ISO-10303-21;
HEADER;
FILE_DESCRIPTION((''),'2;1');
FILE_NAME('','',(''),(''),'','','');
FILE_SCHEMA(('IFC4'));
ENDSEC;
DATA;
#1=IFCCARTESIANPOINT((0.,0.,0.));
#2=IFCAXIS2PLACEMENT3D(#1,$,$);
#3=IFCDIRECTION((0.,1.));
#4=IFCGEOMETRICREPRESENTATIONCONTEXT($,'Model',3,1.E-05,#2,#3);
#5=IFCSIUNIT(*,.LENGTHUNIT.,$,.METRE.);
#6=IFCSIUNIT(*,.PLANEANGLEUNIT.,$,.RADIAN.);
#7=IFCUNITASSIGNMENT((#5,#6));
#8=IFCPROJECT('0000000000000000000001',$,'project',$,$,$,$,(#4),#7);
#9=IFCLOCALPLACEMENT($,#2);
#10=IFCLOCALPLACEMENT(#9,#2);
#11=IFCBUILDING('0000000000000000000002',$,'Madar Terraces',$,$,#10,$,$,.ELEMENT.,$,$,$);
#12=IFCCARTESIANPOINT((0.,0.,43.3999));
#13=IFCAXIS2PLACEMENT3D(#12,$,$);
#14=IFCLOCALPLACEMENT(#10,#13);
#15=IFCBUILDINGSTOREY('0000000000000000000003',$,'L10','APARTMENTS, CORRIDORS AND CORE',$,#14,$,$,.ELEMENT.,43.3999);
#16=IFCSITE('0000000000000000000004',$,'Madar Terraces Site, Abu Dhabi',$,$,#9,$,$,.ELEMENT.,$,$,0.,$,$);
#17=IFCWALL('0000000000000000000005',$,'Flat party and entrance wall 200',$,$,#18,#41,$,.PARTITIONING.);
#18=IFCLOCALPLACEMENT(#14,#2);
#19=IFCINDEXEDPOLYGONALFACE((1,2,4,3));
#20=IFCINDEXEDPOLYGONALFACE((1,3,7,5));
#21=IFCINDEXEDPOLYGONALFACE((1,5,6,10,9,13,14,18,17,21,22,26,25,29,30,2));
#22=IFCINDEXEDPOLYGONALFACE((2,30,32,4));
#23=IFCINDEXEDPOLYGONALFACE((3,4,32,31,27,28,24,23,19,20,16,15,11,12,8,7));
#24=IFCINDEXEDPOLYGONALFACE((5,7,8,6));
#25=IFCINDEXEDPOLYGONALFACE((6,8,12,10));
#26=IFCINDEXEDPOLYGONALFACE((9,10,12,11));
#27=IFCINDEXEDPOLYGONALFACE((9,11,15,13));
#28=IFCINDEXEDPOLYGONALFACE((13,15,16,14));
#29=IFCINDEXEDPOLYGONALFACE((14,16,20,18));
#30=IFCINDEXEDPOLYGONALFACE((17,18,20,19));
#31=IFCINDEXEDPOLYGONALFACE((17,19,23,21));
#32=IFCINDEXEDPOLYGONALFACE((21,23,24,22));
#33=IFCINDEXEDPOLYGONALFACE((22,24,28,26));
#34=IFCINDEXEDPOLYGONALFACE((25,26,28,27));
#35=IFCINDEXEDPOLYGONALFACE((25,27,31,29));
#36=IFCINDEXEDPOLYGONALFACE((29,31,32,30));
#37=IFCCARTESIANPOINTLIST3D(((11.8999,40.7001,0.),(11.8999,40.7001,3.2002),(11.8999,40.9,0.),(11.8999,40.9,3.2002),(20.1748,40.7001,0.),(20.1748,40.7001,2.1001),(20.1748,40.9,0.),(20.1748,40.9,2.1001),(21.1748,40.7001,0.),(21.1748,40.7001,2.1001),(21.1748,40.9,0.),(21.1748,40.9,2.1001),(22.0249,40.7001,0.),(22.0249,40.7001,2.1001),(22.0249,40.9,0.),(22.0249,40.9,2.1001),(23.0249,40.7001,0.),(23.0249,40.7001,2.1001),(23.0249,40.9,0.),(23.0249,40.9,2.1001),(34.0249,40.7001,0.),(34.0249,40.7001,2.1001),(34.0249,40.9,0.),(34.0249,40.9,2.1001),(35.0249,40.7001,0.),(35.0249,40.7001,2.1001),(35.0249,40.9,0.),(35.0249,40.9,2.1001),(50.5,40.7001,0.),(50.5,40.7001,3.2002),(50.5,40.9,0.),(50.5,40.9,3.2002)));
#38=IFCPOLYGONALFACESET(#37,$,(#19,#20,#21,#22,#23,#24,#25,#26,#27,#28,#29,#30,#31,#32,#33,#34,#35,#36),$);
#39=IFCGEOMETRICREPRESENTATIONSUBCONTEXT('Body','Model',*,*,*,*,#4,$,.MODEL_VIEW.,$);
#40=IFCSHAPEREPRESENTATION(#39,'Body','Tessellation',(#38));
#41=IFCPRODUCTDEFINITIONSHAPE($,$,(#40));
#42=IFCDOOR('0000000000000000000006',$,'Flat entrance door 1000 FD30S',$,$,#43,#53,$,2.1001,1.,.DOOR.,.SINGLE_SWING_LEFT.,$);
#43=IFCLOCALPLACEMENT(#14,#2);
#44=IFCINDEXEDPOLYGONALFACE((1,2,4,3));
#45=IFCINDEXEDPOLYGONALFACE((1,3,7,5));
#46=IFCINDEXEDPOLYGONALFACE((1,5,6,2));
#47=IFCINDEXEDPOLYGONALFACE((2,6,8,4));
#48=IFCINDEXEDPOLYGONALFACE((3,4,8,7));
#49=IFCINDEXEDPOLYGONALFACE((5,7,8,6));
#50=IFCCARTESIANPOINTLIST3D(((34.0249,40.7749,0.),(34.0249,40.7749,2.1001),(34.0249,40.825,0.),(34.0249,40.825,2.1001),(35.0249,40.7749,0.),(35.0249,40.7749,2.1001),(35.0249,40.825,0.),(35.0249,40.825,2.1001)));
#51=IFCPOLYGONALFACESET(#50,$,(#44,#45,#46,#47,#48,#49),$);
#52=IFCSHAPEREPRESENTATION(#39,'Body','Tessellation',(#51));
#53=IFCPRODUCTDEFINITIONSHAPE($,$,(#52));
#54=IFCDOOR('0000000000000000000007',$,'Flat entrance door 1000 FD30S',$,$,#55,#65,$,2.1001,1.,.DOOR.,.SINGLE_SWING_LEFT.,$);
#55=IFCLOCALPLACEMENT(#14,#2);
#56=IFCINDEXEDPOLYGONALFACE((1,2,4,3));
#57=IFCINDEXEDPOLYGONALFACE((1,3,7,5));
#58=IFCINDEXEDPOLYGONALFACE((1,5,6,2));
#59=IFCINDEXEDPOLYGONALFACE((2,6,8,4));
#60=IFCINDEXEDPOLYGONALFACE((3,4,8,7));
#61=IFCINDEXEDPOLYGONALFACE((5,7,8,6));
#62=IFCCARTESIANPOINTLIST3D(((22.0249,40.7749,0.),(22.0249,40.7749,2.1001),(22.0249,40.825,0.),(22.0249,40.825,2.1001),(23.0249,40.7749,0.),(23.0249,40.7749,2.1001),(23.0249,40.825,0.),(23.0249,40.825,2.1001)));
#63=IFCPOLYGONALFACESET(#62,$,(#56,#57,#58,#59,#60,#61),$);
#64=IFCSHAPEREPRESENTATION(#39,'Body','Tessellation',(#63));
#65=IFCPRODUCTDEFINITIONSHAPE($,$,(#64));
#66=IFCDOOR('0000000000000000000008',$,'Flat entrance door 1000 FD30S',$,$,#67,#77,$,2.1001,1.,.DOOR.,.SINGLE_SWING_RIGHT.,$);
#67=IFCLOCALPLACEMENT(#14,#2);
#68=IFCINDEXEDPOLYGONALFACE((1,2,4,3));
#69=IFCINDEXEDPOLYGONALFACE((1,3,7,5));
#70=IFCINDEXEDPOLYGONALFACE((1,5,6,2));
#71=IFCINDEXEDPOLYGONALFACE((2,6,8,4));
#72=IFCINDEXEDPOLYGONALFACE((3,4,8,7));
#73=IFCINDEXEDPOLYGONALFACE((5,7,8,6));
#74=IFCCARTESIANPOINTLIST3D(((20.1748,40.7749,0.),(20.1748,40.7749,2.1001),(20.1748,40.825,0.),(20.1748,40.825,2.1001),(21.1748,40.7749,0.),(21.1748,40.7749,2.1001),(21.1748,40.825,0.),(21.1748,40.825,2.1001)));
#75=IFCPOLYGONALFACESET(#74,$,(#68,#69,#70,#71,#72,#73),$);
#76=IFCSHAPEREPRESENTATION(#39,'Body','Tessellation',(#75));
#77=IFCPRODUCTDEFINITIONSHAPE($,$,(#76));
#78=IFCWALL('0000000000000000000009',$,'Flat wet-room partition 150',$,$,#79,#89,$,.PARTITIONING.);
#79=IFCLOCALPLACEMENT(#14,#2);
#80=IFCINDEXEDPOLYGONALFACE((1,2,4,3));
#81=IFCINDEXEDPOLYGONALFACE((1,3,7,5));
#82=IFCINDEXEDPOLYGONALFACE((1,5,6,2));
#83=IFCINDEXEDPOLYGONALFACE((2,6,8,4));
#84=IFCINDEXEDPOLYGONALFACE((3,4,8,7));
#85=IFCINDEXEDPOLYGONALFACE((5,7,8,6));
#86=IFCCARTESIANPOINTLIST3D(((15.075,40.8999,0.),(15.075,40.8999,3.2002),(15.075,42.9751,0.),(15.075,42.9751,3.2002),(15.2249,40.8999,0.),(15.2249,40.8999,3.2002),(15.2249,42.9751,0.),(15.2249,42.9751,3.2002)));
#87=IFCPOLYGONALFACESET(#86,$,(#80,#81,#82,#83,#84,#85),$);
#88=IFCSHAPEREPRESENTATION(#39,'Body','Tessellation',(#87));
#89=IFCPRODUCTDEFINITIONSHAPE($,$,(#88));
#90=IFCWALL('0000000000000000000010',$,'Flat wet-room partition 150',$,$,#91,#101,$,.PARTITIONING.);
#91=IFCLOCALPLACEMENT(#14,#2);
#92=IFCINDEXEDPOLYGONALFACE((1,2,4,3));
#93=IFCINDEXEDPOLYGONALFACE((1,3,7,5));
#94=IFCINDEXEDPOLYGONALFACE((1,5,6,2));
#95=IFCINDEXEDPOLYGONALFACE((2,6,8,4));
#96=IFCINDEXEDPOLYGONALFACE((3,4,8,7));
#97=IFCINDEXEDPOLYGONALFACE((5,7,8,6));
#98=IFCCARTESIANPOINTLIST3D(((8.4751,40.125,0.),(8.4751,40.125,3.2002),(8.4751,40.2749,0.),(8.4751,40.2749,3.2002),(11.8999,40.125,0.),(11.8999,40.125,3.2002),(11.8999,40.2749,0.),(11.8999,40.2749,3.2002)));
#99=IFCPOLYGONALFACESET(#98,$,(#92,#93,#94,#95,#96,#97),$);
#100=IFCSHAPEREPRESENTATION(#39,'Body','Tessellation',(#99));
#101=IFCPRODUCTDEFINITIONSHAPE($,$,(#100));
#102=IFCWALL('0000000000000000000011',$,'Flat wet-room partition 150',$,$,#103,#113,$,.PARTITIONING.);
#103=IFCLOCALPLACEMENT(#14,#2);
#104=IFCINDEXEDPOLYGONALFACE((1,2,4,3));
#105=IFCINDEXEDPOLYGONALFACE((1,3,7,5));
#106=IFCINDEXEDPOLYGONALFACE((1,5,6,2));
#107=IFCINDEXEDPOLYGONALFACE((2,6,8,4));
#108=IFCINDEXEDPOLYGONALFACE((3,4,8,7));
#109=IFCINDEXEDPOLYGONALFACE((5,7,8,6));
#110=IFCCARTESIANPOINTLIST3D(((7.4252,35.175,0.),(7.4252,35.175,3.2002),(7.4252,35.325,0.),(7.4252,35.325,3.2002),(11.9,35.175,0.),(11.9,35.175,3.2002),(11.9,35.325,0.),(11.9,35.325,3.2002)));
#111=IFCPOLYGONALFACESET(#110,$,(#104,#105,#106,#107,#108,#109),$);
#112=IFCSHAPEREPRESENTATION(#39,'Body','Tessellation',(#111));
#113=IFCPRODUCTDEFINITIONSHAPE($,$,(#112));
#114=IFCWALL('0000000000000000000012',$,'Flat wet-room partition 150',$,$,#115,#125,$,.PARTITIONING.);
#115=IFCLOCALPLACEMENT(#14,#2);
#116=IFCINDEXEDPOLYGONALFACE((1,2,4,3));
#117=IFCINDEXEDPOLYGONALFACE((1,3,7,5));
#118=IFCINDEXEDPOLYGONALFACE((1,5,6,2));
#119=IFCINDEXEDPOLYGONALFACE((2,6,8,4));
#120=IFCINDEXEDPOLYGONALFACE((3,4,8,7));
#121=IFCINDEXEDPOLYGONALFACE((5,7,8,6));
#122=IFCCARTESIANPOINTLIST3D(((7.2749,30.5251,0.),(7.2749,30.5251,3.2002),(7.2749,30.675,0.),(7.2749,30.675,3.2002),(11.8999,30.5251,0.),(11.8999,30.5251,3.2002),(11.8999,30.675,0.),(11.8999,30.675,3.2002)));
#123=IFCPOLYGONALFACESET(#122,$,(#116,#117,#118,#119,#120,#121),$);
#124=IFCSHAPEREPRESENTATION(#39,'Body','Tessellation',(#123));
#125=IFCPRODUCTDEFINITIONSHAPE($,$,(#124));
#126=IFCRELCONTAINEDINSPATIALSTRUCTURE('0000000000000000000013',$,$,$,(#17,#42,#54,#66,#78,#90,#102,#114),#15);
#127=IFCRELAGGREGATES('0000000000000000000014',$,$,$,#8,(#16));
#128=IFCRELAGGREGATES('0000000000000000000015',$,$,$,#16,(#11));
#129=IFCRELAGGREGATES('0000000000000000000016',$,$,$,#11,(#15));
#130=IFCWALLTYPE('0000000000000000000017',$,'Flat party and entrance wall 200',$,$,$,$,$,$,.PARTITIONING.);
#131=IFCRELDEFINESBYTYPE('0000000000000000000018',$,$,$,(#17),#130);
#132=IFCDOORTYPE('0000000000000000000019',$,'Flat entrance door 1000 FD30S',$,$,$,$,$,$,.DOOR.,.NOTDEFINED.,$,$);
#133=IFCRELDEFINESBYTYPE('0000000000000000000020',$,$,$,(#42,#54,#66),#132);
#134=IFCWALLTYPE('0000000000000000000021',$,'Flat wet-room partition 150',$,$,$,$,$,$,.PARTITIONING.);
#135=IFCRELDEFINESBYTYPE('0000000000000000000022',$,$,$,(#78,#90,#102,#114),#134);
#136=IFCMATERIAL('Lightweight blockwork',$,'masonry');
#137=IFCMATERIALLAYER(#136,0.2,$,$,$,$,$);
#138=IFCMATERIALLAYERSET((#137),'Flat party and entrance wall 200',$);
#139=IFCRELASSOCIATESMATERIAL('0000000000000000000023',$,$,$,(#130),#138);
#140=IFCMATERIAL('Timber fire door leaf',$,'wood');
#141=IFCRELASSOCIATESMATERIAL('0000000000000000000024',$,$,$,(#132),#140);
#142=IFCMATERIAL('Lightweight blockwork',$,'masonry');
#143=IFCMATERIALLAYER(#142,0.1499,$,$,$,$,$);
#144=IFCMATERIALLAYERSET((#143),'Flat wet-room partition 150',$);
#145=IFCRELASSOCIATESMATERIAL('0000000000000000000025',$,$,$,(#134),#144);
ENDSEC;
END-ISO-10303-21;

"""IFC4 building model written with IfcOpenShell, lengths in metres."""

from ifc_helpers import new_model, si_unit, direction, frame, frame_2d, origin, place, context, subcontext, project, spatial, rectangle, extrude, material, layer, layer_set, type_object, element, fill, save


model = new_model("IFC4")

# Units and contexts
model_context = context("Model", 3, precision=1e-05, world=origin(), true_north=direction((0.0, 1.0)))
body_context = subcontext(model_context, "Body", "Model", "MODEL_VIEW")
ifc_project = project(units=[si_unit("LENGTHUNIT", "METRE"), si_unit("PLANEANGLEUNIT", "RADIAN")], contexts=[model_context])

# Site, building, storey
site_placement = place(None, origin())
site = spatial("IfcSite", under=ifc_project, at=site_placement, Name="Madar Terraces Site, Abu Dhabi", CompositionType="ELEMENT", RefElevation=0.0)
building_placement = place(site_placement, origin())
building = spatial("IfcBuilding", under=site, at=building_placement, Name="Madar Terraces", CompositionType="ELEMENT")
storey_placement = place(building_placement, frame((0.0, 0.0, 43.3999)))
storey = spatial("IfcBuildingStorey", under=building, at=storey_placement, Name="L10", Description="APARTMENTS, CORRIDORS AND CORE", CompositionType="ELEMENT", Elevation=43.3999)

# Wall, openings, doors
ifc_material_1 = material(Name="Lightweight blockwork", Category="masonry")
ifc_layer_1 = layer(ifc_material_1, 0.2)
ifc_layer_set_1 = layer_set([ifc_layer_1], Name="Flat party and entrance wall 200")
wall_type_1 = type_object("IfcWallType", Name="Flat party and entrance wall 200", PredefinedType="PARTITIONING", material=ifc_layer_set_1)
wall_1_placement = place(storey_placement, frame((11.8999, 40.8, 0.0), z_axis=(0.0, 0.0, 1.0), x_axis=(1.0, 0.0, 0.0)))
wall_1 = element("IfcWall", 1, at=wall_1_placement, inside=storey, type_object=wall_type_1, Name="Flat party and entrance wall 200", PredefinedType="PARTITIONING", context=body_context, shape_type="SweptSolid", body=[
    extrude(rectangle(XDim=38.6001, YDim=0.2, at=frame_2d((19.3, 0.0))), origin(), (0.0, 0.0, 1.0), 3.2002),
])
opening_1_placement = place(wall_1_placement, frame((22.125, 0.0, 0.0)))
opening_1 = element("IfcOpeningElement", 2, at=opening_1_placement, cuts=wall_1, PredefinedType="OPENING", context=body_context, shape_type="SweptSolid", body=[
    extrude(rectangle(XDim=1.0, YDim=2.1001, at=frame_2d((0.5, 1.05))), frame((0.0, 0.1099, 0.0), z_axis=(0.0, -1.0, 0.0), x_axis=(1.0, 0.0, 0.0)), (0.0, 0.0, 1.0), 0.22),
])
opening_2_placement = place(wall_1_placement, frame((10.125, 0.0, 0.0)))
opening_2 = element("IfcOpeningElement", 3, at=opening_2_placement, cuts=wall_1, PredefinedType="OPENING", context=body_context, shape_type="SweptSolid", body=[
    extrude(rectangle(XDim=1.0, YDim=2.1001, at=frame_2d((0.5, 1.05))), frame((0.0, 0.1099, 0.0), z_axis=(0.0, -1.0, 0.0), x_axis=(1.0, 0.0, 0.0)), (0.0, 0.0, 1.0), 0.22),
])
opening_3_placement = place(wall_1_placement, frame((8.2749, 0.0, 0.0)))
opening_3 = element("IfcOpeningElement", 4, at=opening_3_placement, cuts=wall_1, PredefinedType="OPENING", context=body_context, shape_type="SweptSolid", body=[
    extrude(rectangle(XDim=1.0, YDim=2.1001, at=frame_2d((0.5, 1.05))), frame((0.0, 0.1099, 0.0), z_axis=(0.0, -1.0, 0.0), x_axis=(1.0, 0.0, 0.0)), (0.0, 0.0, 1.0), 0.22),
])
ifc_material_2 = material(Name="Timber fire door leaf", Category="wood")
door_type_1 = type_object("IfcDoorType", Name="Flat entrance door 1000 FD30S", OperationType="NOTDEFINED", PredefinedType="DOOR", material=ifc_material_2)
door_1_placement = place(opening_1_placement, origin())
door_1 = element("IfcDoor", 5, at=door_1_placement, inside=storey, type_object=door_type_1, Name="Flat entrance door 1000 FD30S", OperationType="SINGLE_SWING_LEFT", OverallHeight=2.1001, OverallWidth=1.0, PredefinedType="DOOR", context=body_context, shape_type="SweptSolid", body=[
    extrude(rectangle(XDim=1.0, YDim=2.1001, at=frame_2d((0.5, 1.05))), frame((0.0, 0.0249, 0.0), z_axis=(0.0, -1.0, 0.0), x_axis=(1.0, 0.0, 0.0)), (0.0, 0.0, 1.0), 0.05),
])
fill(opening_1, door_1)
door_2_placement = place(opening_2_placement, origin())
door_2 = element("IfcDoor", 6, at=door_2_placement, inside=storey, type_object=door_type_1, Name="Flat entrance door 1000 FD30S", OperationType="SINGLE_SWING_LEFT", OverallHeight=2.1001, OverallWidth=1.0, PredefinedType="DOOR", context=body_context, shape_type="SweptSolid", body=[
    extrude(rectangle(XDim=1.0, YDim=2.1001, at=frame_2d((0.5, 1.05))), frame((0.0, 0.0249, 0.0), z_axis=(0.0, -1.0, 0.0), x_axis=(1.0, 0.0, 0.0)), (0.0, 0.0, 1.0), 0.05),
])
fill(opening_2, door_2)
door_3_placement = place(opening_3_placement, origin())
door_3 = element("IfcDoor", 7, at=door_3_placement, inside=storey, type_object=door_type_1, Name="Flat entrance door 1000 FD30S", OperationType="SINGLE_SWING_RIGHT", OverallHeight=2.1001, OverallWidth=1.0, PredefinedType="DOOR", context=body_context, shape_type="SweptSolid", body=[
    extrude(rectangle(XDim=1.0, YDim=2.1001, at=frame_2d((0.5, 1.05))), frame((0.0, 0.0249, 0.0), z_axis=(0.0, -1.0, 0.0), x_axis=(1.0, 0.0, 0.0)), (0.0, 0.0, 1.0), 0.05),
])
fill(opening_3, door_3)

# Walls
ifc_material_3 = material(Name="Lightweight blockwork", Category="masonry")
ifc_layer_2 = layer(ifc_material_3, 0.1499)
ifc_layer_set_2 = layer_set([ifc_layer_2], Name="Flat wet-room partition 150")
wall_type_2 = type_object("IfcWallType", Name="Flat wet-room partition 150", PredefinedType="PARTITIONING", material=ifc_layer_set_2)
wall_2_placement = place(storey_placement, frame((15.1499, 40.8999, 0.0), z_axis=(0.0, 0.0, 1.0), x_axis=(0.0, 1.0, 0.0)))
element("IfcWall", 8, at=wall_2_placement, inside=storey, type_object=wall_type_2, Name="Flat wet-room partition 150", PredefinedType="PARTITIONING", context=body_context, shape_type="SweptSolid", body=[
    extrude(rectangle(XDim=2.0752, YDim=0.1499, at=frame_2d((1.0376, 0.0))), origin(), (0.0, 0.0, 1.0), 3.2002),
])
wall_3_placement = place(storey_placement, frame((11.8999, 40.2, 0.0), z_axis=(0.0, 0.0, 1.0), x_axis=(-1.0, 0.0, 0.0)))
element("IfcWall", 9, at=wall_3_placement, inside=storey, type_object=wall_type_2, Name="Flat wet-room partition 150", PredefinedType="PARTITIONING", context=body_context, shape_type="SweptSolid", body=[
    extrude(rectangle(XDim=3.4248, YDim=0.1499, at=frame_2d((1.7124, 0.0))), origin(), (0.0, 0.0, 1.0), 3.2002),
])
wall_4_placement = place(storey_placement, frame((11.8999, 35.25, 0.0), z_axis=(0.0, 0.0, 1.0), x_axis=(-1.0, 0.0, 0.0)))
element("IfcWall", 10, at=wall_4_placement, inside=storey, type_object=wall_type_2, Name="Flat wet-room partition 150", PredefinedType="PARTITIONING", context=body_context, shape_type="SweptSolid", body=[
    extrude(rectangle(XDim=4.4749, YDim=0.1499, at=frame_2d((2.2373, 0.0))), origin(), (0.0, 0.0, 1.0), 3.2002),
])
wall_5_placement = place(storey_placement, frame((11.8999, 30.6001, 0.0), z_axis=(0.0, 0.0, 1.0), x_axis=(-1.0, 0.0, 0.0)))
element("IfcWall", 11, at=wall_5_placement, inside=storey, type_object=wall_type_2, Name="Flat wet-room partition 150", PredefinedType="PARTITIONING", context=body_context, shape_type="SweptSolid", body=[
    extrude(rectangle(XDim=4.625, YDim=0.1499, at=frame_2d((2.3125, 0.0))), origin(), (0.0, 0.0, 1.0), 3.2002),
])

save(model, "model.ifc")
